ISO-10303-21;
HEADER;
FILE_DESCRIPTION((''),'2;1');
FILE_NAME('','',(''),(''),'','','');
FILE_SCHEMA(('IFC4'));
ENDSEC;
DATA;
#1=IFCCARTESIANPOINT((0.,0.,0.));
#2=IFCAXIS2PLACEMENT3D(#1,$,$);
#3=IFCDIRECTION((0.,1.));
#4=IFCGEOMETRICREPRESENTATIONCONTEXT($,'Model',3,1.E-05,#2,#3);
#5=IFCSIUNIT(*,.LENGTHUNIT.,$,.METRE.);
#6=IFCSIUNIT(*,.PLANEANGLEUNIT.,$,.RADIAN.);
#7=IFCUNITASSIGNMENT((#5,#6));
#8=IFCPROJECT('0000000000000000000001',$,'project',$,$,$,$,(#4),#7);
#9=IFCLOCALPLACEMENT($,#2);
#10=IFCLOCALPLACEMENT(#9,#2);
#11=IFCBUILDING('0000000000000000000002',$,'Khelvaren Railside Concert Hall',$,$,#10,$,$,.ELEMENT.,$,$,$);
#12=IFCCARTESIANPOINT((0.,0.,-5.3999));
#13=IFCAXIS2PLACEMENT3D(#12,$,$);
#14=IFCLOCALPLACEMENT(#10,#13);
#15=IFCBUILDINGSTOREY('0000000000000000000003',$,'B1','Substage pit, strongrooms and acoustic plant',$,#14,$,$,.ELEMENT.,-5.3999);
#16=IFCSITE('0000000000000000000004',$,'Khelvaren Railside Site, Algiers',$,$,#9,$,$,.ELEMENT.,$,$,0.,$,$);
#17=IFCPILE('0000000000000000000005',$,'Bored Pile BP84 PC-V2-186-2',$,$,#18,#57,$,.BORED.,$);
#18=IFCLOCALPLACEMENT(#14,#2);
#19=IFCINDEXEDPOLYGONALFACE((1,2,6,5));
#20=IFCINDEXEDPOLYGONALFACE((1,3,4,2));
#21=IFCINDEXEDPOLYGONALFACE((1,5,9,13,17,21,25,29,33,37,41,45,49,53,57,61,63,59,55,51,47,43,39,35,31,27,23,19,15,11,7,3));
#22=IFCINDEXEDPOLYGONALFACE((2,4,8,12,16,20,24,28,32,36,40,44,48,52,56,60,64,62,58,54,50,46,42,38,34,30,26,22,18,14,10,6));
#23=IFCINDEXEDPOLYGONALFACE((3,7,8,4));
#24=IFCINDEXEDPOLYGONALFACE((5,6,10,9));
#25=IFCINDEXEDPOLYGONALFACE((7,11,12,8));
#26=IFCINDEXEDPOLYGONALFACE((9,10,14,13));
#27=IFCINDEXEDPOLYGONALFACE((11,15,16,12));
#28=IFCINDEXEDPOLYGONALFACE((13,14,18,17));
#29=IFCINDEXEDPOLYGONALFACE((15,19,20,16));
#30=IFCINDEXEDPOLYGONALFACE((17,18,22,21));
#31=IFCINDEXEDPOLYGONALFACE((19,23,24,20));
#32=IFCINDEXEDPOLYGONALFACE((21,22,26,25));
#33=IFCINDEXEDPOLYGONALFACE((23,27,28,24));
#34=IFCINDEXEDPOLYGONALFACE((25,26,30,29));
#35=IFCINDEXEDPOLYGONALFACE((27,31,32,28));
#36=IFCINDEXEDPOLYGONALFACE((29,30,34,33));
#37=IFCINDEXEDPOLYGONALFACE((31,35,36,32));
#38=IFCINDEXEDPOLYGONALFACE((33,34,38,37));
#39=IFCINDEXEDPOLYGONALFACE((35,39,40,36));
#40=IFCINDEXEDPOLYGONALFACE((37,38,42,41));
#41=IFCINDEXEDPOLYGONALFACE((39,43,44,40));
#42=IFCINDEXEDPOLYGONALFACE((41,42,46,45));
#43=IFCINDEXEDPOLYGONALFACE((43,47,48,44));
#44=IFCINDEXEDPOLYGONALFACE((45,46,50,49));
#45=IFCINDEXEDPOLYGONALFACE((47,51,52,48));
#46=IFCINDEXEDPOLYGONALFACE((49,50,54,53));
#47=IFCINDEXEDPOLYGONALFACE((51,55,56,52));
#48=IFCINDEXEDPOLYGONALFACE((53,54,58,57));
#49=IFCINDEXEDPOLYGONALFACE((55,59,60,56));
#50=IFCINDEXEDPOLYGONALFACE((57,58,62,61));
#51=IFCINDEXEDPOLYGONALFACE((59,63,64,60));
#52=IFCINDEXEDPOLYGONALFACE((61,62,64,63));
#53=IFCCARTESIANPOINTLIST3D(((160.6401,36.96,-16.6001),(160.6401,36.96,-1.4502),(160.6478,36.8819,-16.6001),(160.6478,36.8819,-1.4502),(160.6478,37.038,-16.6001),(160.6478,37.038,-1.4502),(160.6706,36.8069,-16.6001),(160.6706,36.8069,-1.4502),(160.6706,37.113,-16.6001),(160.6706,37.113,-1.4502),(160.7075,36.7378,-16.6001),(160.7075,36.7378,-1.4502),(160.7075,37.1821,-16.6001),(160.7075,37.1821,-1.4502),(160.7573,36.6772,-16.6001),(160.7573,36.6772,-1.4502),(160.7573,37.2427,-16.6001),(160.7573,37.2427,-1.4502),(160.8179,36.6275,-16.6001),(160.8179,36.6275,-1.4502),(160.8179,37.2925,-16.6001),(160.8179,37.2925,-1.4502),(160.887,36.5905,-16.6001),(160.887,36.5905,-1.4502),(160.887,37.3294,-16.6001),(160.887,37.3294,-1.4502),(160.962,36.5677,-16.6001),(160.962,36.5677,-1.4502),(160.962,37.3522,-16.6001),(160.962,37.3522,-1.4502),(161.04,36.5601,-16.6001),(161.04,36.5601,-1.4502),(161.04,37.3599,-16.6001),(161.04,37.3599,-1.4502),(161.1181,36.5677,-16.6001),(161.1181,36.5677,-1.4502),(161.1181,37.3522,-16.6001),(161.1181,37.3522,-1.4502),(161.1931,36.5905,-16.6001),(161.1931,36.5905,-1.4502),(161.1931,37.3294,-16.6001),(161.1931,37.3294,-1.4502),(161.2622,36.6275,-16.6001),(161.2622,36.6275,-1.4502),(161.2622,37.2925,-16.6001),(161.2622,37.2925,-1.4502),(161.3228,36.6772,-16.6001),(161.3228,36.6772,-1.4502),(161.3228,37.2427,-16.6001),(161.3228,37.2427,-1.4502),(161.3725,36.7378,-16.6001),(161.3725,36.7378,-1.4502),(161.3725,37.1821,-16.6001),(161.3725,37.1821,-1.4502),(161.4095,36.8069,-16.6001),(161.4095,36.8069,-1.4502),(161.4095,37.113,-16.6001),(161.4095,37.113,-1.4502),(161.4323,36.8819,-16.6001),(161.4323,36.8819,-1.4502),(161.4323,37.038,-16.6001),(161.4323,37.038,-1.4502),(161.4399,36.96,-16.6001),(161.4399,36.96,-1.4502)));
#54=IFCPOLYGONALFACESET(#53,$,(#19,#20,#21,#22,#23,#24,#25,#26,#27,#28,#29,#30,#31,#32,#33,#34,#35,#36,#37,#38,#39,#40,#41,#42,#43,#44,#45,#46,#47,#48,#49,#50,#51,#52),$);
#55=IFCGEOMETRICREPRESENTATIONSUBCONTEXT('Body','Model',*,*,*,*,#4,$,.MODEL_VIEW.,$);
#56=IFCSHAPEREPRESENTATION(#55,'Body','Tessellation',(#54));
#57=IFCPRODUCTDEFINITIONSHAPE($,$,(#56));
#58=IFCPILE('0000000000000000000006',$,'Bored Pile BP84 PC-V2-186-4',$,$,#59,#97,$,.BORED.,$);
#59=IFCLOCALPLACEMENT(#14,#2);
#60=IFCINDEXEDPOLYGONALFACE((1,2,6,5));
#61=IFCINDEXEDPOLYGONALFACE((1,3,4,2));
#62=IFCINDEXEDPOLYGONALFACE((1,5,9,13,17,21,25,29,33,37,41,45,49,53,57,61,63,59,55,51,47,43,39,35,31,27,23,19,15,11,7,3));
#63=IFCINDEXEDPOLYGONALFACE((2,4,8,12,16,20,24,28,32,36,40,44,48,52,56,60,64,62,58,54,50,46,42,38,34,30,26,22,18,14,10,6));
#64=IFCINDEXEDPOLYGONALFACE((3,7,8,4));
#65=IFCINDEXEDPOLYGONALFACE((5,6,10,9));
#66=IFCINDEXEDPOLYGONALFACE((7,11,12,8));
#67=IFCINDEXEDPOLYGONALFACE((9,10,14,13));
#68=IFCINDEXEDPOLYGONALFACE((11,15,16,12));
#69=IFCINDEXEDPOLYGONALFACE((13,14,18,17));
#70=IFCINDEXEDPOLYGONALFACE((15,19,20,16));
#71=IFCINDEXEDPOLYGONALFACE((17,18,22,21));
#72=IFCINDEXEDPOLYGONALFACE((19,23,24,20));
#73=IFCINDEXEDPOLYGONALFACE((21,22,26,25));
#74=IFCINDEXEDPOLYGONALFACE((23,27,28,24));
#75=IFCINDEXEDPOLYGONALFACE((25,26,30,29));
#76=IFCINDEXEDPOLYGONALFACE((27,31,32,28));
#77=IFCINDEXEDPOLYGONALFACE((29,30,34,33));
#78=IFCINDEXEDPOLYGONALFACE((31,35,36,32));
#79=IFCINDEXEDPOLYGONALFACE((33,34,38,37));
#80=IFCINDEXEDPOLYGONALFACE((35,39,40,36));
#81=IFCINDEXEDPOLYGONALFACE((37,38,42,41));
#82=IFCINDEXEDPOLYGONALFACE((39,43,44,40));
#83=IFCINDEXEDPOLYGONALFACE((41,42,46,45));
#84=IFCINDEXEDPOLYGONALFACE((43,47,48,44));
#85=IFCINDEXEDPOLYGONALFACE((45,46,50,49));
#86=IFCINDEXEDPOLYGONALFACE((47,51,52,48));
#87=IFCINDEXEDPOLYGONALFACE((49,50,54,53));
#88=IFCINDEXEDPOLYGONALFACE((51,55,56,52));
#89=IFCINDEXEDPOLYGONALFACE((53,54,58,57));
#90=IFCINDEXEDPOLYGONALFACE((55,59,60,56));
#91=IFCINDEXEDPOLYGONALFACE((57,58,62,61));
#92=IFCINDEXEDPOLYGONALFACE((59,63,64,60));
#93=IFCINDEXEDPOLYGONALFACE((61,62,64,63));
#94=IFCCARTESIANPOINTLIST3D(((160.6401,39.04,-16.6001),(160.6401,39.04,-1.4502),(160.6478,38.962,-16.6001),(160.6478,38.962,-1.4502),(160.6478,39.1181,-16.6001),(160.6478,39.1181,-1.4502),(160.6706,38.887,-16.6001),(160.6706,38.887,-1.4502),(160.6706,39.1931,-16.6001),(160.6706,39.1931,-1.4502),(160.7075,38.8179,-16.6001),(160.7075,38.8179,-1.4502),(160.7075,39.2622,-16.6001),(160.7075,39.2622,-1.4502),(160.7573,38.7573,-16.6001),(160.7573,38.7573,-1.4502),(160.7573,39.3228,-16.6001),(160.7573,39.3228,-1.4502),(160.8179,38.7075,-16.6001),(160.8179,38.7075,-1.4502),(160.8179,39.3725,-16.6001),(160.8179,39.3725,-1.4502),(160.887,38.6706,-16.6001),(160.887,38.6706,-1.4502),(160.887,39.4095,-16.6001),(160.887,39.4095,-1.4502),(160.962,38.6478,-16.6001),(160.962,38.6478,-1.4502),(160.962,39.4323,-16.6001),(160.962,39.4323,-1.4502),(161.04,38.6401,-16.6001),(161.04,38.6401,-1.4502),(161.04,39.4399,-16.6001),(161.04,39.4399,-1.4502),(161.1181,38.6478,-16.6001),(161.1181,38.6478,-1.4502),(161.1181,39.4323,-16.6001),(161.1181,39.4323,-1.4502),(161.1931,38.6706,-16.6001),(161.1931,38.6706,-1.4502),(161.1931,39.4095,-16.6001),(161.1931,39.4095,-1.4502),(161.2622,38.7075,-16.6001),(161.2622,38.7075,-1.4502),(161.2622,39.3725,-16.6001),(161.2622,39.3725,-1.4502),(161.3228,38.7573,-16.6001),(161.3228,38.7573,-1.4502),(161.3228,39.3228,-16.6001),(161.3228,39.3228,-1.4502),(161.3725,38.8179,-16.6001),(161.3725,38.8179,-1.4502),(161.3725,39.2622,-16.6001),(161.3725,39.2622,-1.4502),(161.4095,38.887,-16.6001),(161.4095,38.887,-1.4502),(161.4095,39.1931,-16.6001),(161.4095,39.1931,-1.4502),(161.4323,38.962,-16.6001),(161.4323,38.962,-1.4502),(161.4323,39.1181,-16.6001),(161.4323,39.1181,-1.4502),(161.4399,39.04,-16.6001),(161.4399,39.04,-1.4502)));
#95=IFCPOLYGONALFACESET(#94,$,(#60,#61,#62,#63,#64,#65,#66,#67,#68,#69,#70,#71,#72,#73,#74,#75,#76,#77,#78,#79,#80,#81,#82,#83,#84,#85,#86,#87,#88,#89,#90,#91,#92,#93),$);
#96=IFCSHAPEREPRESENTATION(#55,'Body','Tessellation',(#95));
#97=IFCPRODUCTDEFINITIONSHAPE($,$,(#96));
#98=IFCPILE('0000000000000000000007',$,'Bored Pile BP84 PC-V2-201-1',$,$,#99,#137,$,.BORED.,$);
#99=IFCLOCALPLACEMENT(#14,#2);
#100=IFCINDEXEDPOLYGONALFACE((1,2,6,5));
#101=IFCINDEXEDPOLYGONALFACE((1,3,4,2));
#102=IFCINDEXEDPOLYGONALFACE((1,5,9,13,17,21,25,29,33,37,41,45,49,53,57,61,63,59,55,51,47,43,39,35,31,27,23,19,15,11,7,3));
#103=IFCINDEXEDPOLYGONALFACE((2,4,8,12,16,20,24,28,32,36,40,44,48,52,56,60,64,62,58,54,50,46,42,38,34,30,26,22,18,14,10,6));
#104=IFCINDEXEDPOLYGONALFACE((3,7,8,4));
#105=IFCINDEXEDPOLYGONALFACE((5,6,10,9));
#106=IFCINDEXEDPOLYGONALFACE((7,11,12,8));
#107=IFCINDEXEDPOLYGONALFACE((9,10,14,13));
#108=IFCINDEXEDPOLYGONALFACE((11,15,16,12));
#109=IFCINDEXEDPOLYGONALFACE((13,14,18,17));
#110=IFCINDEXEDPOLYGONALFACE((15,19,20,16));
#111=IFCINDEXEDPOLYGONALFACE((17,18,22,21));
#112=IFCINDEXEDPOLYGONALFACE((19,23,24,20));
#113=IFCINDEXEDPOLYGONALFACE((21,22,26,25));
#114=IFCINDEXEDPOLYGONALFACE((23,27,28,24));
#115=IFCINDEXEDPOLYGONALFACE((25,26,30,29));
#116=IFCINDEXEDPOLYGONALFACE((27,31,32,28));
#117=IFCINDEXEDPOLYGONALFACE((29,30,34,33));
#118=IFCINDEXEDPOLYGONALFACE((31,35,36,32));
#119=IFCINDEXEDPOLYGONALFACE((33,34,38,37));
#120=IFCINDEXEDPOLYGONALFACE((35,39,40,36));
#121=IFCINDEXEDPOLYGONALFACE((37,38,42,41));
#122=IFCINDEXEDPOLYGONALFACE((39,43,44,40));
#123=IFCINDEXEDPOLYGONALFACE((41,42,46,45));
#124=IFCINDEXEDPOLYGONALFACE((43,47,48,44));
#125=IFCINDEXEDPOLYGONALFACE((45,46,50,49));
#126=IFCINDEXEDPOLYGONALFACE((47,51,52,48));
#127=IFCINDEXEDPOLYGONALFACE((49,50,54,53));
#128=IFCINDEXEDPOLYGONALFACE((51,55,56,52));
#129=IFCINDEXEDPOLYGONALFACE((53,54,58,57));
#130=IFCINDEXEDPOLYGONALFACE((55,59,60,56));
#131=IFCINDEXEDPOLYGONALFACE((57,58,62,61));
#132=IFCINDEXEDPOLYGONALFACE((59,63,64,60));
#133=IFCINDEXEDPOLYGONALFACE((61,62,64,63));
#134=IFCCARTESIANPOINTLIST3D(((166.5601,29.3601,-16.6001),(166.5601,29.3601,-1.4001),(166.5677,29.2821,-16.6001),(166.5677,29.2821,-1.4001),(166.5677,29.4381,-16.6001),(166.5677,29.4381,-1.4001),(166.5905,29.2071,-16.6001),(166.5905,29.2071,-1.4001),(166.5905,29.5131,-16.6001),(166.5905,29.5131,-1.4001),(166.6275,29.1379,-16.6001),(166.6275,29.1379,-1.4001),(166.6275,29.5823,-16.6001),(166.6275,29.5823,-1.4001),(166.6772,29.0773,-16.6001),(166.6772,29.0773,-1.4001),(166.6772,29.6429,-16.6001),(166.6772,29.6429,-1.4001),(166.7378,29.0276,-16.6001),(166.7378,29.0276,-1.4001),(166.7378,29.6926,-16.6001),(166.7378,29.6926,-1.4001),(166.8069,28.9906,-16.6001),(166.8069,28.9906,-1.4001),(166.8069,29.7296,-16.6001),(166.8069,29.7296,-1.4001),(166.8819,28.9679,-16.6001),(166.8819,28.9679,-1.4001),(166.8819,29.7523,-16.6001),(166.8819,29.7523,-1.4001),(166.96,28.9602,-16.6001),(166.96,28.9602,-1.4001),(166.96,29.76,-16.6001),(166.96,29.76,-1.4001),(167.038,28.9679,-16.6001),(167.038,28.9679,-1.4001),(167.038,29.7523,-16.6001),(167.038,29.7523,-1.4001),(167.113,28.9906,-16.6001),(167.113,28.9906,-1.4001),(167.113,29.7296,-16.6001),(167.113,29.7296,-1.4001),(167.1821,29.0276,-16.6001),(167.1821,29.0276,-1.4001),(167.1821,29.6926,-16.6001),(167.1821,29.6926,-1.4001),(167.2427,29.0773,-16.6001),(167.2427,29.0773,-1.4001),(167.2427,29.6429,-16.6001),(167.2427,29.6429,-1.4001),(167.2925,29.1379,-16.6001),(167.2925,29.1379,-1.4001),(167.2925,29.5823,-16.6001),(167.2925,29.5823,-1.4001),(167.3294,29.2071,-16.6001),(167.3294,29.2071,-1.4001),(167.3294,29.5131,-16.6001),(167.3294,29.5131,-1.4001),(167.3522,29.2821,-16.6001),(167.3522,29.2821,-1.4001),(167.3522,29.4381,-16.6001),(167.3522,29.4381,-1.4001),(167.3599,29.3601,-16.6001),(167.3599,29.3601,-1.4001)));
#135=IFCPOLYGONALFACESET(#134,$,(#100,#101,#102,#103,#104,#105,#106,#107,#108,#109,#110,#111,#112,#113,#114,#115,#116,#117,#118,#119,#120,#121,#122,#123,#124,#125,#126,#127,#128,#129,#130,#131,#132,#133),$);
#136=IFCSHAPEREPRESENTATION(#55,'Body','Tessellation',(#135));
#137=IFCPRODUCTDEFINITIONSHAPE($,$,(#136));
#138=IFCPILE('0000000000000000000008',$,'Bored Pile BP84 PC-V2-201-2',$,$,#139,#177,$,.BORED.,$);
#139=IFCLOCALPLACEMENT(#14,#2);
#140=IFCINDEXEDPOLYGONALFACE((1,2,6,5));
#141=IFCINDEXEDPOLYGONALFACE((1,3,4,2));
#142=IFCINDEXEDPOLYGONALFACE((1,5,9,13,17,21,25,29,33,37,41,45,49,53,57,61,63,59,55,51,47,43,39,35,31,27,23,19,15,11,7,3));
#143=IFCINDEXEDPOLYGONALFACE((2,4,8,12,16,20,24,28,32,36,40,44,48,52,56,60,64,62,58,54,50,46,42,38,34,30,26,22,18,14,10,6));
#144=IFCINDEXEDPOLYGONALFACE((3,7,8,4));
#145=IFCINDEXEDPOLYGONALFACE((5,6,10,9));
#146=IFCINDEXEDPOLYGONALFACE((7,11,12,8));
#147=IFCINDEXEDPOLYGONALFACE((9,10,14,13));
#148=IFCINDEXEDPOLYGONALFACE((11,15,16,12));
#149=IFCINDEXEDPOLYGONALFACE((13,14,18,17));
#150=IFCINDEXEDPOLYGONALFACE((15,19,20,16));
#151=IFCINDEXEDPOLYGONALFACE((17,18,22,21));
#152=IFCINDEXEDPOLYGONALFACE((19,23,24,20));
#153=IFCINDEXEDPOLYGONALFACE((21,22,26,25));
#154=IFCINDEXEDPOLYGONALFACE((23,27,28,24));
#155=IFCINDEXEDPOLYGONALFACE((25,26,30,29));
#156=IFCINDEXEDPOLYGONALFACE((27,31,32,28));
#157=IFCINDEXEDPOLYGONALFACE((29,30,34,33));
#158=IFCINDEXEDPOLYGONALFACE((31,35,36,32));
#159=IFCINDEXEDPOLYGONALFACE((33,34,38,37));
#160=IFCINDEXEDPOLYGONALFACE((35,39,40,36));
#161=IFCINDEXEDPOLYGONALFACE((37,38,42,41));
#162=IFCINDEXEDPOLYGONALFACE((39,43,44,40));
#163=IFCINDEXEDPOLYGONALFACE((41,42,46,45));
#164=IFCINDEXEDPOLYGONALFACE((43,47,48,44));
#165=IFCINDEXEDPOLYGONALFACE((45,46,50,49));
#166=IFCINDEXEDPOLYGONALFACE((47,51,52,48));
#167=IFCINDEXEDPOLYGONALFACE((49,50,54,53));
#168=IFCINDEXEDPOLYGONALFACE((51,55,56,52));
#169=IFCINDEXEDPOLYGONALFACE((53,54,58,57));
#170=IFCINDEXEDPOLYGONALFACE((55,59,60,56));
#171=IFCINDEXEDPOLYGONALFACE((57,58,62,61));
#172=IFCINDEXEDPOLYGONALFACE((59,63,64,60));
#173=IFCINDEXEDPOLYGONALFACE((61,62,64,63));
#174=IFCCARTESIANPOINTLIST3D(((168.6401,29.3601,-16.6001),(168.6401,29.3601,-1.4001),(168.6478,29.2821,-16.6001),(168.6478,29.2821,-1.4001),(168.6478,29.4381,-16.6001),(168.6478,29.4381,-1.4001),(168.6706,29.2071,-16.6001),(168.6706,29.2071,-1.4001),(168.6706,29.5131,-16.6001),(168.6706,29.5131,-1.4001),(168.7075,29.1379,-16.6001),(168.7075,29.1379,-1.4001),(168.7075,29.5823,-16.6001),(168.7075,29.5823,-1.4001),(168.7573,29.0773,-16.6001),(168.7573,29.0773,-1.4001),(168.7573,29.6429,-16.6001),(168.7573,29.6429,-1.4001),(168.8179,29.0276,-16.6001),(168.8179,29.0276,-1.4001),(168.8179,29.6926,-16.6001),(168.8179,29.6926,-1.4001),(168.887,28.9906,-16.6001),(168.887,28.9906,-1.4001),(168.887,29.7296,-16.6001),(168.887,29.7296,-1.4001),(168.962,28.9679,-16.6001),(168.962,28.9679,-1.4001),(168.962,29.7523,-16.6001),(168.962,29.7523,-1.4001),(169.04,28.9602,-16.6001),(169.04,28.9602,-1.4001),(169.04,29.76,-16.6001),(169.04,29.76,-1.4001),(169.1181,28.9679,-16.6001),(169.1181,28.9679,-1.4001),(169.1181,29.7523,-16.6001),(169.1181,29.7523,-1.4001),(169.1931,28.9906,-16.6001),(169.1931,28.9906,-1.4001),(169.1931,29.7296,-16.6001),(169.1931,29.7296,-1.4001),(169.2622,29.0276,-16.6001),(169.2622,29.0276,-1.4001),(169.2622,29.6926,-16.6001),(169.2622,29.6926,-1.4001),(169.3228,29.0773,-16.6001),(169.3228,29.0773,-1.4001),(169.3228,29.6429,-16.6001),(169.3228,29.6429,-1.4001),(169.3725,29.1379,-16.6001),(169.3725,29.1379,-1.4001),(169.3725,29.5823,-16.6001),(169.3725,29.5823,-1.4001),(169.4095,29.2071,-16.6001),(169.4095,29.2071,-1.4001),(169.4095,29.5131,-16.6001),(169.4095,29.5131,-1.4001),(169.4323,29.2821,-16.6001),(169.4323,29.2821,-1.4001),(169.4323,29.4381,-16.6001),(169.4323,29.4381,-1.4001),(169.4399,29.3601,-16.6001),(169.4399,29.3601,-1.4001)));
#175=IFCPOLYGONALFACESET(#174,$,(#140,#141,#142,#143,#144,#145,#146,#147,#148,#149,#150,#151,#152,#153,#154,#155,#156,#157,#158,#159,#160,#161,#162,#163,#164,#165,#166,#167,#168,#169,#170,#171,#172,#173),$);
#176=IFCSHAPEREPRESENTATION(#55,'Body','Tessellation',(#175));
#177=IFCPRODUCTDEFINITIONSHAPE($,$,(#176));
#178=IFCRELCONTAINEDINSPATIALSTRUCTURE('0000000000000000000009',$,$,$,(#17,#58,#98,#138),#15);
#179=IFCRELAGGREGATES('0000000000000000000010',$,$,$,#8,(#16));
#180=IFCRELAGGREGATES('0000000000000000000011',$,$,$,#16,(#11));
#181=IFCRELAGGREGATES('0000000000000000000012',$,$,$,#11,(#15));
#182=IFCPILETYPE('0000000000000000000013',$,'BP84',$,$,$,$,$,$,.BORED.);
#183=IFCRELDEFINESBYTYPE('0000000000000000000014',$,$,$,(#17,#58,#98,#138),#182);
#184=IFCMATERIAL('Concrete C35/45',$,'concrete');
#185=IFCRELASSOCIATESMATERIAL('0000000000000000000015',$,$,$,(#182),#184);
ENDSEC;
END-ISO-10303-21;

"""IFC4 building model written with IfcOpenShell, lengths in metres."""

from ifc_helpers import new_model, si_unit, direction, frame, origin, origin_2d, place, context, subcontext, project, spatial, circle, extrude, material, material_profile, profile_set, type_object, element, save


model = new_model("IFC4")

# Units and contexts
model_context = context("Model", 3, precision=1e-05, world=origin(), true_north=direction((0.0, 1.0)))
body_context = subcontext(model_context, "Body", "Model", "MODEL_VIEW")
ifc_project = project(units=[si_unit("LENGTHUNIT", "METRE"), si_unit("PLANEANGLEUNIT", "RADIAN")], contexts=[model_context])

# Site, building, storey
site_placement = place(None, origin())
site = spatial("IfcSite", under=ifc_project, at=site_placement, Name="Khelvaren Railside Site, Algiers", CompositionType="ELEMENT", RefElevation=0.0)
building_placement = place(site_placement, origin())
building = spatial("IfcBuilding", under=site, at=building_placement, Name="Khelvaren Railside Concert Hall", CompositionType="ELEMENT")
storey_placement = place(building_placement, frame((0.0, 0.0, -5.3999)))
storey = spatial("IfcBuildingStorey", under=building, at=storey_placement, Name="B1", Description="Substage pit, strongrooms and acoustic plant", CompositionType="ELEMENT", Elevation=-5.3999)

# Piles
ifc_material_1 = material(Name="Concrete C35/45", Category="concrete")
ifc_material_profile_1 = material_profile(ifc_material_1, circle(Radius=0.3999, at=origin_2d()), Name="BP D800")
ifc_profile_set_1 = profile_set([ifc_material_profile_1], Name="Concrete C35/45")
pile_type_1 = type_object("IfcPileType", Name="BP84", PredefinedType="BORED", material=ifc_profile_set_1)
for number, where, z_axis, x_axis, name in (
    (1, (161.04, 36.96, -1.4502), (0.0, 0.0, -1.0), (1.0, 0.0, 0.0), "Bored Pile BP84 PC-V2-186-2"),
    (2, (161.04, 39.04, -1.4502), (0.0, 0.0, -1.0), (1.0, 0.0, 0.0), "Bored Pile BP84 PC-V2-186-4"),
):
    element("IfcPile", number, at=place(storey_placement, frame(where, z_axis=z_axis, x_axis=x_axis)), inside=storey, type_object=pile_type_1, Name=name, PredefinedType="BORED", context=body_context, shape_type="SweptSolid", body=[
        extrude(circle(Radius=0.3999, at=origin_2d()), origin(), (0.0, 0.0, 1.0), 15.1499),
    ])
for number, where, z_axis, x_axis, name in (
    (3, (166.96, 29.3601, -1.4001), (0.0, 0.0, -1.0), (1.0, 0.0, 0.0), "Bored Pile BP84 PC-V2-201-1"),
    (4, (169.04, 29.3601, -1.4001), (0.0, 0.0, -1.0), (1.0, 0.0, 0.0), "Bored Pile BP84 PC-V2-201-2"),
):
    element("IfcPile", number, at=place(storey_placement, frame(where, z_axis=z_axis, x_axis=x_axis)), inside=storey, type_object=pile_type_1, Name=name, PredefinedType="BORED", context=body_context, shape_type="SweptSolid", body=[
        extrude(circle(Radius=0.3999, at=origin_2d()), origin(), (0.0, 0.0, 1.0), 15.2),
    ])

save(model, "model.ifc")
